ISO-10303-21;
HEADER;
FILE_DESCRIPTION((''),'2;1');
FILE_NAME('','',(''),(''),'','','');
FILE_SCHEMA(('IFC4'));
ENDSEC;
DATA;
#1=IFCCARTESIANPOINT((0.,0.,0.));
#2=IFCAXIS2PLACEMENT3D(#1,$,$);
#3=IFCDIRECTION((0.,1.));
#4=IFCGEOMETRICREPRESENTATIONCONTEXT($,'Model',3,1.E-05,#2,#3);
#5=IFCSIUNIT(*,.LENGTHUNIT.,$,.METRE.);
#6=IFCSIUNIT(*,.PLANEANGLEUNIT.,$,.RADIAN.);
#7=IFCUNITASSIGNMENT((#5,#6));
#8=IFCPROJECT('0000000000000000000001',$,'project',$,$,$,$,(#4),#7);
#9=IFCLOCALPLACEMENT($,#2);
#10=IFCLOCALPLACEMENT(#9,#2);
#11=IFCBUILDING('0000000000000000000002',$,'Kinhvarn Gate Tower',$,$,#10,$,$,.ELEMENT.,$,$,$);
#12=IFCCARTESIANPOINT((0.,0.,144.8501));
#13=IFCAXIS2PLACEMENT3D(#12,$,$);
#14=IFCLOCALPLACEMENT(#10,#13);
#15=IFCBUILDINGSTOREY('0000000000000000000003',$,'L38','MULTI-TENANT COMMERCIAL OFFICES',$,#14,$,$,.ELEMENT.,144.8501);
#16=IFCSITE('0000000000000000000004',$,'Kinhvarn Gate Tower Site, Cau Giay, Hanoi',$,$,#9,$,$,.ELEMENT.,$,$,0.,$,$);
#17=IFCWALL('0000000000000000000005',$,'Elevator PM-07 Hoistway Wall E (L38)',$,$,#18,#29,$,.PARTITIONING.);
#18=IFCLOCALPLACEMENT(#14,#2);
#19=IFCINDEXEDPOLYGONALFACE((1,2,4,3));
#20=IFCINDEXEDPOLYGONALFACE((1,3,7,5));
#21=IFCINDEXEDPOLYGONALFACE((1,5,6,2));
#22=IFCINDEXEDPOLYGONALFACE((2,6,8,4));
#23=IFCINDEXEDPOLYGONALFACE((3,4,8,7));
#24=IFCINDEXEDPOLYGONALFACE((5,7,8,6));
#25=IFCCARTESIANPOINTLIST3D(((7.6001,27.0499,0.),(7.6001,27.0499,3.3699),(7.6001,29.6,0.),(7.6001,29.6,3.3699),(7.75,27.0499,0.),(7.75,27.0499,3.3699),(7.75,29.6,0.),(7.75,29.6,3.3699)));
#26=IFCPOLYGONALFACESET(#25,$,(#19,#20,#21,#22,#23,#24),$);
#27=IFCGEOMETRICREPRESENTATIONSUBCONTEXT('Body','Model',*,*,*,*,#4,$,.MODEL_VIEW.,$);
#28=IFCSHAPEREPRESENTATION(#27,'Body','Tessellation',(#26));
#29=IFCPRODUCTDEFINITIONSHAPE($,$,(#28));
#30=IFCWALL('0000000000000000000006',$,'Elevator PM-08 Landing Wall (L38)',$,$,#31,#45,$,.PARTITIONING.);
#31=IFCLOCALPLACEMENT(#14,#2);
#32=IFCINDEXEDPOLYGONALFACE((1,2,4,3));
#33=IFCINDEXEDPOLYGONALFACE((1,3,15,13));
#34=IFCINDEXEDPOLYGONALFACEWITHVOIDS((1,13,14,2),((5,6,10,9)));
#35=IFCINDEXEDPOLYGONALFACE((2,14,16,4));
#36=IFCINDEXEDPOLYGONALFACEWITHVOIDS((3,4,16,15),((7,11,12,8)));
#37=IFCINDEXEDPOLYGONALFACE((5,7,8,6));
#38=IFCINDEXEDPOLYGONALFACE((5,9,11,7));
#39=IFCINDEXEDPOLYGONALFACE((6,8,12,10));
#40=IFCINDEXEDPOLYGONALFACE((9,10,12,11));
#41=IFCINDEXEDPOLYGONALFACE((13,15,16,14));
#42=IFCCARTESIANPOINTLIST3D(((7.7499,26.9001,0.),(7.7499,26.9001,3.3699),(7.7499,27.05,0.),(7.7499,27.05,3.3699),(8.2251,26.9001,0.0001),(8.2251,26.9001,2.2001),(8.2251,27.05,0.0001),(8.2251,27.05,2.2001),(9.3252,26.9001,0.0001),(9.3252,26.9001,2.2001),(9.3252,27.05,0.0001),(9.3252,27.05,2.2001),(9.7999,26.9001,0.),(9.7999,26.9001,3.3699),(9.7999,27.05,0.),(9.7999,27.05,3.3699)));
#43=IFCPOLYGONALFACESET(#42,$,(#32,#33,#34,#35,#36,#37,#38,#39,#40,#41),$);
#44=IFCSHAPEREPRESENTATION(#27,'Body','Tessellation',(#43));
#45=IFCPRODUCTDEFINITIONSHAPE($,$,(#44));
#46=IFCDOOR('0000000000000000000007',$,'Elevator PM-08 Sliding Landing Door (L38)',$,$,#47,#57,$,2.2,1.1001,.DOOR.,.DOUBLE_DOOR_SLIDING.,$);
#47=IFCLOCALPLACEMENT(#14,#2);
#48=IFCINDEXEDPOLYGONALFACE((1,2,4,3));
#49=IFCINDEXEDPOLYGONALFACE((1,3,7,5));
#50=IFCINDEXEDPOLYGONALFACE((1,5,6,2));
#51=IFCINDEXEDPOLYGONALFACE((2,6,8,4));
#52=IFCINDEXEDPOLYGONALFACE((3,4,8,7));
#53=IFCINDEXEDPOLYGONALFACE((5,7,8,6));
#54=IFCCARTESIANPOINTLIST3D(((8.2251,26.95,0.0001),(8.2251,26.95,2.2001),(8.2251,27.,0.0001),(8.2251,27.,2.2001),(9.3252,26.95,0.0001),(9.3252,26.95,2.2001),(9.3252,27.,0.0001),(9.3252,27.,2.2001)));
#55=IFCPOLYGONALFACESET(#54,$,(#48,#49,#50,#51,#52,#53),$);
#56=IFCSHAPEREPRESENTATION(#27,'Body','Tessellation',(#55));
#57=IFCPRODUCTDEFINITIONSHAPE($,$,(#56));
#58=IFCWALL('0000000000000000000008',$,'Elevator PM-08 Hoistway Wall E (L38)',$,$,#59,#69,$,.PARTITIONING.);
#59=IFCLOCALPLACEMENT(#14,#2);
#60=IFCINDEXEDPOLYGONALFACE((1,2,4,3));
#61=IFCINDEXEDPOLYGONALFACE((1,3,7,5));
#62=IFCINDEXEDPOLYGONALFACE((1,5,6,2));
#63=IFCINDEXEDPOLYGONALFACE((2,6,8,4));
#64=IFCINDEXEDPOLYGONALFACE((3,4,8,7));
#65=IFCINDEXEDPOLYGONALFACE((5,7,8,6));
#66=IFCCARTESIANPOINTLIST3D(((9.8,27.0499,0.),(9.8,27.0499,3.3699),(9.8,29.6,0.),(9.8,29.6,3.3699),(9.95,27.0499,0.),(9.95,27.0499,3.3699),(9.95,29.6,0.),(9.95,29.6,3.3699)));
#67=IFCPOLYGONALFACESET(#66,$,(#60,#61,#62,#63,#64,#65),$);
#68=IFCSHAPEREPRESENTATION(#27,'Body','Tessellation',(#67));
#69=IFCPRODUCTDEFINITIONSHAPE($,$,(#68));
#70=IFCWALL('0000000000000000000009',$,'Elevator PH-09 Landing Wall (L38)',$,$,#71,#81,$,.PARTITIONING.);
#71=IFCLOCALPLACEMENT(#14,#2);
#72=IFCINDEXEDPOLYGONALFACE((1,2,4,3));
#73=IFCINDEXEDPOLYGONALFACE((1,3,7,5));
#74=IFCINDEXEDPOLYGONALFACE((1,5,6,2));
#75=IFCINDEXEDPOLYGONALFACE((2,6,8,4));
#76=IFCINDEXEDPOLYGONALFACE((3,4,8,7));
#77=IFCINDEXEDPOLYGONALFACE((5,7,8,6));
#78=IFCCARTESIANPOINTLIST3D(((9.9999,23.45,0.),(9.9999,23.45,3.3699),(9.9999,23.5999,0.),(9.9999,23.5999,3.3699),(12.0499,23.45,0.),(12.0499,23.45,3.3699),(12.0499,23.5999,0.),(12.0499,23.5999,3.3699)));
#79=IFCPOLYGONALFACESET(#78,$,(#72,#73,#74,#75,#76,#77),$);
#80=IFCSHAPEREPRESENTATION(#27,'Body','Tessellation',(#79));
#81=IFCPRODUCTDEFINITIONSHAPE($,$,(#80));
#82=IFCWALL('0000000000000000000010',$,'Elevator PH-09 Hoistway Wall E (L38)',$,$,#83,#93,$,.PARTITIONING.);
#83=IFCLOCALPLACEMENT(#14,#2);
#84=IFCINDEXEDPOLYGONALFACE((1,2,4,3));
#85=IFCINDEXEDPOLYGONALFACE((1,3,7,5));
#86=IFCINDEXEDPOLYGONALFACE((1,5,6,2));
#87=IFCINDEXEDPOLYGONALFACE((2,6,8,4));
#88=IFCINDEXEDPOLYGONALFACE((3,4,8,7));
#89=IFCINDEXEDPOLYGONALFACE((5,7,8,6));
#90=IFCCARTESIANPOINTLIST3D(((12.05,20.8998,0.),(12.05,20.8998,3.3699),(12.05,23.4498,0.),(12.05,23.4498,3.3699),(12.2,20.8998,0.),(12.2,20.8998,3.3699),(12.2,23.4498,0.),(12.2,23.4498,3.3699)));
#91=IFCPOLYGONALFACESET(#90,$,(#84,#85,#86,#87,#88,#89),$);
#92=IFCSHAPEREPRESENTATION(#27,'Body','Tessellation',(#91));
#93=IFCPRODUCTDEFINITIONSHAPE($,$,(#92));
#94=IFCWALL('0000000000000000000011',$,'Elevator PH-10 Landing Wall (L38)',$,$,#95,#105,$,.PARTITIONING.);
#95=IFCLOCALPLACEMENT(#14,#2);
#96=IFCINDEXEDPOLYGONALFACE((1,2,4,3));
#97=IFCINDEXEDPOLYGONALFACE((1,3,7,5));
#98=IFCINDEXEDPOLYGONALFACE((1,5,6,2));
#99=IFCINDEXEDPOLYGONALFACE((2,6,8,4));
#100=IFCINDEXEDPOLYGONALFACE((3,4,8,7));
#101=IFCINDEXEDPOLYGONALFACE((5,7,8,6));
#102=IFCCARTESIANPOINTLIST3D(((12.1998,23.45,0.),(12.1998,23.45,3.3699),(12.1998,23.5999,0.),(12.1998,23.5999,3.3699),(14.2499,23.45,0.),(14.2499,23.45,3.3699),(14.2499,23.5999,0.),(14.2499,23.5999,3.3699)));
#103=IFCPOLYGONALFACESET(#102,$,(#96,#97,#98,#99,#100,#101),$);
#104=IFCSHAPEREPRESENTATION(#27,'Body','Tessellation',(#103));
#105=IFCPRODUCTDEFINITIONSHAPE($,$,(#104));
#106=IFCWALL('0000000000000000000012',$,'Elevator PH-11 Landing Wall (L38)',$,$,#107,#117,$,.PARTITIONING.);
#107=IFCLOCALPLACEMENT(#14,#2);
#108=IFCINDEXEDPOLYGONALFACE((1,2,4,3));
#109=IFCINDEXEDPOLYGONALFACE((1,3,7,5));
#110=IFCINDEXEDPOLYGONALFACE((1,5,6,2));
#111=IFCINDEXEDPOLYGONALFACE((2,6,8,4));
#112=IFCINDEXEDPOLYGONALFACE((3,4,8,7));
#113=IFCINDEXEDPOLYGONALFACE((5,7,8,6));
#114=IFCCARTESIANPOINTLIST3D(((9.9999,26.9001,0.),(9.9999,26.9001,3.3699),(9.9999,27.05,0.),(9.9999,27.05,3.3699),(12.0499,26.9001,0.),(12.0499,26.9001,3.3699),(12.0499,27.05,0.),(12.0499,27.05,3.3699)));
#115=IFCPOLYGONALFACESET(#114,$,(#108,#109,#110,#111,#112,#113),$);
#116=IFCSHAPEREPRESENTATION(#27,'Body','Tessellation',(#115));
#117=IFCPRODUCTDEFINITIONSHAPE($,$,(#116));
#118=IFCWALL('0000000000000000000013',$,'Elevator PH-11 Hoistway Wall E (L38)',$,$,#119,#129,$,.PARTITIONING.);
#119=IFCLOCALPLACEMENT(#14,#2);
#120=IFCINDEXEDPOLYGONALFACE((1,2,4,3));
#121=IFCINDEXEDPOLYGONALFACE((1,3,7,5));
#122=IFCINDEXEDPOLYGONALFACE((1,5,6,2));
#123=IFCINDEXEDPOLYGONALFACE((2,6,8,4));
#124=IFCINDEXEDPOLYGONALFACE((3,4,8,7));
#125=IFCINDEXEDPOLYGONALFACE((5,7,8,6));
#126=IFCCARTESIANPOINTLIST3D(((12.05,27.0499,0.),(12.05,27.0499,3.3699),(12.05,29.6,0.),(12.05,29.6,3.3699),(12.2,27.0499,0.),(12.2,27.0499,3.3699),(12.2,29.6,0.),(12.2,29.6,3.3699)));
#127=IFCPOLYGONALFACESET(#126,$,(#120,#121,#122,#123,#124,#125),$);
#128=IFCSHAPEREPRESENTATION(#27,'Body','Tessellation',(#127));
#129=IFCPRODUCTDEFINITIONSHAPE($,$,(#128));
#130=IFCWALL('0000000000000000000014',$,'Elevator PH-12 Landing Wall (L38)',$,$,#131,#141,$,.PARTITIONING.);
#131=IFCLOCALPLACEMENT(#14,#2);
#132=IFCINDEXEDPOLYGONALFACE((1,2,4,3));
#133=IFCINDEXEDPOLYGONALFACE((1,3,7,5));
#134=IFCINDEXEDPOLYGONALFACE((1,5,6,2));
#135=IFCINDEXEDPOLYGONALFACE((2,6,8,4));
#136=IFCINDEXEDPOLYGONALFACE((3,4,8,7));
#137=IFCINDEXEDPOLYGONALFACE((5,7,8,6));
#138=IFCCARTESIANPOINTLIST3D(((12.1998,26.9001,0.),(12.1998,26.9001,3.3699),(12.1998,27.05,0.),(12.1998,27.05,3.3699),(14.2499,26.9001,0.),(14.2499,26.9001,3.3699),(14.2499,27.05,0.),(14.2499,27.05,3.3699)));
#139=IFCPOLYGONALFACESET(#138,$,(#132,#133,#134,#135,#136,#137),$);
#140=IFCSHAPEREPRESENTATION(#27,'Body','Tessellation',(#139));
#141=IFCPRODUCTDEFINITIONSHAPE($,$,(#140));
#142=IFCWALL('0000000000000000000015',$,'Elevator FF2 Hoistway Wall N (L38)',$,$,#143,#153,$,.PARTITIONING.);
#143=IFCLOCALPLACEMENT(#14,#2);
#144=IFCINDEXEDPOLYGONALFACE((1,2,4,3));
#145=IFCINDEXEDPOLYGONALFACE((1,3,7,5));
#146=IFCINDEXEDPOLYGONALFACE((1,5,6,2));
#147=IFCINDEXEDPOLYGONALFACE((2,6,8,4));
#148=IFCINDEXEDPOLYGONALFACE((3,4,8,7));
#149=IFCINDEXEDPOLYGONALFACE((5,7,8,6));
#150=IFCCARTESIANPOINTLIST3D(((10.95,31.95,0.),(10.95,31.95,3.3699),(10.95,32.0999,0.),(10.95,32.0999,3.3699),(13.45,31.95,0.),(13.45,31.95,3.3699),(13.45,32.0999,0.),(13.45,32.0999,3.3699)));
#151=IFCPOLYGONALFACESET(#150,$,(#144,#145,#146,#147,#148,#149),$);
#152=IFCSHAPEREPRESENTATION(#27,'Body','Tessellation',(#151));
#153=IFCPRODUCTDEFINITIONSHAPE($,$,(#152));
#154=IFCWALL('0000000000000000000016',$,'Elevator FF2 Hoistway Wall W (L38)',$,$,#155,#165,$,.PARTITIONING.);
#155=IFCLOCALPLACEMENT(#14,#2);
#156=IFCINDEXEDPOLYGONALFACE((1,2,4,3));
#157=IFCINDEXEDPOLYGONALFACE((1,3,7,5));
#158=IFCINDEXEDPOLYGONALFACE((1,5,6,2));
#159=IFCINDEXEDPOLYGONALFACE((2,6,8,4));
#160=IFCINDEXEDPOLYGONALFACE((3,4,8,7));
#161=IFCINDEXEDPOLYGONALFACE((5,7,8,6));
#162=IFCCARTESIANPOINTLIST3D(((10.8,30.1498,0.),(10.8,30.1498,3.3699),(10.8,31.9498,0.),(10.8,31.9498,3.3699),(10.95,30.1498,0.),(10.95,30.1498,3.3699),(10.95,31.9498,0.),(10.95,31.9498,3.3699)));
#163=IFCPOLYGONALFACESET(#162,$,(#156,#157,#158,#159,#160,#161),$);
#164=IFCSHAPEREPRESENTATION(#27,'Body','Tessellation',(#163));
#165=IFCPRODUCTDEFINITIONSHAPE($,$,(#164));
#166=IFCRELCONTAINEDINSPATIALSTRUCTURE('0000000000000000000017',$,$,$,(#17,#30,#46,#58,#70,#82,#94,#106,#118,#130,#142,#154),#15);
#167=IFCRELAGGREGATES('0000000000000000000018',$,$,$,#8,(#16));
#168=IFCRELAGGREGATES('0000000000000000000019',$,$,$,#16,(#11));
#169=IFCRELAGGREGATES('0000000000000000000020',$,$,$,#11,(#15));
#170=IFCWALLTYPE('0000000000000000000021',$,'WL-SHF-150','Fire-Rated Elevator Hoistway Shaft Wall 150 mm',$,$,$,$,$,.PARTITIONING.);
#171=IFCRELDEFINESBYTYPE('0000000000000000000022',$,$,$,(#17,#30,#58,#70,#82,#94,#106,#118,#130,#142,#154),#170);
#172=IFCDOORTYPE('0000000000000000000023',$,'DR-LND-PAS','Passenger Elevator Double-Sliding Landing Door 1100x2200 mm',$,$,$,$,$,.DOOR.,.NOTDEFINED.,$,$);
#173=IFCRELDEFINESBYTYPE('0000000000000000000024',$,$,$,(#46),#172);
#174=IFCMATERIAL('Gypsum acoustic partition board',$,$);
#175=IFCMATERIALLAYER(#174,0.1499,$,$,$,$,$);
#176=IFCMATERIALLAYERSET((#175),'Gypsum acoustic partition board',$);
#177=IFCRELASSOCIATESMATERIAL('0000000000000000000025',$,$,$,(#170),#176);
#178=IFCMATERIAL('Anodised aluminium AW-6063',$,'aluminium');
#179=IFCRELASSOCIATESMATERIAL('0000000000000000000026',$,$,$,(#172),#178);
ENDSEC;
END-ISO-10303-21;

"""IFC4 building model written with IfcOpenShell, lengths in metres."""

from ifc_helpers import new_model, si_unit, direction, frame, frame_2d, origin, place, context, subcontext, project, spatial, rectangle, extrude, material, layer, layer_set, type_object, element, fill, save


model = new_model("IFC4")

# Units and contexts
model_context = context("Model", 3, precision=1e-05, world=origin(), true_north=direction((0.0, 1.0)))
body_context = subcontext(model_context, "Body", "Model", "MODEL_VIEW")
ifc_project = project(units=[si_unit("LENGTHUNIT", "METRE"), si_unit("PLANEANGLEUNIT", "RADIAN")], contexts=[model_context])

# Site, building, storey
site_placement = place(None, origin())
site = spatial("IfcSite", under=ifc_project, at=site_placement, Name="Kinhvarn Gate Tower Site, Cau Giay, Hanoi", CompositionType="ELEMENT", RefElevation=0.0)
building_placement = place(site_placement, origin())
building = spatial("IfcBuilding", under=site, at=building_placement, Name="Kinhvarn Gate Tower", CompositionType="ELEMENT")
storey_placement = place(building_placement, frame((0.0, 0.0, 144.8501)))
storey = spatial("IfcBuildingStorey", under=building, at=storey_placement, Name="L38", Description="MULTI-TENANT COMMERCIAL OFFICES", CompositionType="ELEMENT", Elevation=144.8501)

# Shared definitions
ifc_material_1 = material(Name="Gypsum acoustic partition board")

# Shared definitions
ifc_layer_1 = layer(ifc_material_1, 0.1499)
ifc_layer_set_1 = layer_set([ifc_layer_1], Name="Gypsum acoustic partition board")
wall_type_1 = type_object("IfcWallType", Name="WL-SHF-150", Description="Fire-Rated Elevator Hoistway Shaft Wall 150 mm", PredefinedType="PARTITIONING", material=ifc_layer_set_1)
ifc_material_2 = material(Name="Anodised aluminium AW-6063", Category="aluminium")
door_type_1 = type_object("IfcDoorType", Name="DR-LND-PAS", Description="Passenger Elevator Double-Sliding Landing Door 1100x2200 mm", OperationType="NOTDEFINED", PredefinedType="DOOR", material=ifc_material_2)

# Wall
for number, where, z_axis, x_axis, name in (
    (1, (7.675, 27.05, 0.0), (0.0, 0.0, 1.0), (0.0, 1.0, 0.0), "Elevator PM-07 Hoistway Wall E (L38)"),
):
    element("IfcWall", number, at=place(storey_placement, frame(where, z_axis=z_axis, x_axis=x_axis)), inside=storey, type_object=wall_type_1, Name=name, PredefinedType="PARTITIONING", context=body_context, shape_type="SweptSolid", body=[
        extrude(rectangle(XDim=2.55, YDim=0.1499, at=frame_2d((1.2749, 0.0))), origin(), (0.0, 0.0, 1.0), 3.3699),
    ])

# Wall, opening, door
wall_1_placement = place(storey_placement, frame((7.75, 26.9751, 0.0), z_axis=(0.0, 0.0, 1.0), x_axis=(1.0, 0.0, 0.0)))
wall_1 = element("IfcWall", 2, at=wall_1_placement, inside=storey, type_object=wall_type_1, Name="Elevator PM-08 Landing Wall (L38)", PredefinedType="PARTITIONING", context=body_context, shape_type="SweptSolid", body=[
    extrude(rectangle(XDim=2.05, YDim=0.1499, at=frame_2d((1.0249, 0.0))), origin(), (0.0, 0.0, 1.0), 3.3699),
])
opening_1_placement = place(wall_1_placement, frame((0.4751, 0.0, 0.0)))
opening_1 = element("IfcOpeningElement", 3, at=opening_1_placement, cuts=wall_1, PredefinedType="OPENING", context=body_context, shape_type="SweptSolid", body=[
    extrude(rectangle(XDim=1.1001, YDim=2.2, at=frame_2d((0.55, 1.1001))), frame((0.0, 0.085, 0.0), z_axis=(0.0, -1.0, 0.0), x_axis=(1.0, 0.0, 0.0)), (0.0, 0.0, 1.0), 0.1699),
])
door_1_placement = place(opening_1_placement, origin())
door_1 = element("IfcDoor", 4, at=door_1_placement, inside=storey, type_object=door_type_1, Name="Elevator PM-08 Sliding Landing Door (L38)", OperationType="DOUBLE_DOOR_SLIDING", OverallHeight=2.2, OverallWidth=1.1001, PredefinedType="DOOR", context=body_context, shape_type="SweptSolid", body=[
    extrude(rectangle(XDim=1.1001, YDim=2.2, at=frame_2d((0.55, 1.1001))), frame((0.0, 0.0249, 0.0), z_axis=(0.0, -1.0, 0.0), x_axis=(1.0, 0.0, 0.0)), (0.0, 0.0, 1.0), 0.05),
])
fill(opening_1, door_1)

# Walls
wall_2_placement = place(storey_placement, frame((9.875, 27.05, 0.0), z_axis=(0.0, 0.0, 1.0), x_axis=(0.0, 1.0, 0.0)))
element("IfcWall", 5, at=wall_2_placement, inside=storey, type_object=wall_type_1, Name="Elevator PM-08 Hoistway Wall E (L38)", PredefinedType="PARTITIONING", context=body_context, shape_type="SweptSolid", body=[
    extrude(rectangle(XDim=2.55, YDim=0.1499, at=frame_2d((1.2749, 0.0))), origin(), (0.0, 0.0, 1.0), 3.3699),
])
wall_3_placement = place(storey_placement, frame((10.0, 23.5249, 0.0), z_axis=(0.0, 0.0, 1.0), x_axis=(1.0, 0.0, 0.0)))
element("IfcWall", 6, at=wall_3_placement, inside=storey, type_object=wall_type_1, Name="Elevator PH-09 Landing Wall (L38)", PredefinedType="PARTITIONING", context=body_context, shape_type="SweptSolid", body=[
    extrude(rectangle(XDim=2.05, YDim=0.1499, at=frame_2d((1.0249, 0.0))), origin(), (0.0, 0.0, 1.0), 3.3699),
])
wall_4_placement = place(storey_placement, frame((12.125, 20.8999, 0.0), z_axis=(0.0, 0.0, 1.0), x_axis=(0.0, 1.0, 0.0)))
element("IfcWall", 7, at=wall_4_placement, inside=storey, type_object=wall_type_1, Name="Elevator PH-09 Hoistway Wall E (L38)", PredefinedType="PARTITIONING", context=body_context, shape_type="SweptSolid", body=[
    extrude(rectangle(XDim=2.55, YDim=0.1499, at=frame_2d((1.2749, 0.0))), origin(), (0.0, 0.0, 1.0), 3.3699),
])
for number, where, z_axis, x_axis, name in (
    (8, (12.2, 23.5249, 0.0), (0.0, 0.0, 1.0), (1.0, 0.0, 0.0), "Elevator PH-10 Landing Wall (L38)"),
    (9, (10.0, 26.9751, 0.0), (0.0, 0.0, 1.0), (1.0, 0.0, 0.0), "Elevator PH-11 Landing Wall (L38)"),
):
    element("IfcWall", number, at=place(storey_placement, frame(where, z_axis=z_axis, x_axis=x_axis)), inside=storey, type_object=wall_type_1, Name=name, PredefinedType="PARTITIONING", context=body_context, shape_type="SweptSolid", body=[
        extrude(rectangle(XDim=2.05, YDim=0.1499, at=frame_2d((1.0249, 0.0))), origin(), (0.0, 0.0, 1.0), 3.3699),
    ])
wall_5_placement = place(storey_placement, frame((12.125, 27.05, 0.0), z_axis=(0.0, 0.0, 1.0), x_axis=(0.0, 1.0, 0.0)))
element("IfcWall", 10, at=wall_5_placement, inside=storey, type_object=wall_type_1, Name="Elevator PH-11 Hoistway Wall E (L38)", PredefinedType="PARTITIONING", context=body_context, shape_type="SweptSolid", body=[
    extrude(rectangle(XDim=2.55, YDim=0.1499, at=frame_2d((1.2749, 0.0))), origin(), (0.0, 0.0, 1.0), 3.3699),
])
wall_6_placement = place(storey_placement, frame((12.2, 26.9751, 0.0), z_axis=(0.0, 0.0, 1.0), x_axis=(1.0, 0.0, 0.0)))
element("IfcWall", 11, at=wall_6_placement, inside=storey, type_object=wall_type_1, Name="Elevator PH-12 Landing Wall (L38)", PredefinedType="PARTITIONING", context=body_context, shape_type="SweptSolid", body=[
    extrude(rectangle(XDim=2.05, YDim=0.1499, at=frame_2d((1.0249, 0.0))), origin(), (0.0, 0.0, 1.0), 3.3699),
])
wall_7_placement = place(storey_placement, frame((10.95, 32.0249, 0.0), z_axis=(0.0, 0.0, 1.0), x_axis=(1.0, 0.0, 0.0)))
element("IfcWall", 12, at=wall_7_placement, inside=storey, type_object=wall_type_1, Name="Elevator FF2 Hoistway Wall N (L38)", PredefinedType="PARTITIONING", context=body_context, shape_type="SweptSolid", body=[
    extrude(rectangle(XDim=2.5, YDim=0.1499, at=frame_2d((1.25, 0.0))), origin(), (0.0, 0.0, 1.0), 3.3699),
])
wall_8_placement = place(storey_placement, frame((10.875, 30.1499, 0.0), z_axis=(0.0, 0.0, 1.0), x_axis=(0.0, 1.0, 0.0)))
element("IfcWall", 13, at=wall_8_placement, inside=storey, type_object=wall_type_1, Name="Elevator FF2 Hoistway Wall W (L38)", PredefinedType="PARTITIONING", context=body_context, shape_type="SweptSolid", body=[
    extrude(rectangle(XDim=1.8, YDim=0.1499, at=frame_2d((0.8999, 0.0))), origin(), (0.0, 0.0, 1.0), 3.3699),
])

save(model, "model.ifc")
